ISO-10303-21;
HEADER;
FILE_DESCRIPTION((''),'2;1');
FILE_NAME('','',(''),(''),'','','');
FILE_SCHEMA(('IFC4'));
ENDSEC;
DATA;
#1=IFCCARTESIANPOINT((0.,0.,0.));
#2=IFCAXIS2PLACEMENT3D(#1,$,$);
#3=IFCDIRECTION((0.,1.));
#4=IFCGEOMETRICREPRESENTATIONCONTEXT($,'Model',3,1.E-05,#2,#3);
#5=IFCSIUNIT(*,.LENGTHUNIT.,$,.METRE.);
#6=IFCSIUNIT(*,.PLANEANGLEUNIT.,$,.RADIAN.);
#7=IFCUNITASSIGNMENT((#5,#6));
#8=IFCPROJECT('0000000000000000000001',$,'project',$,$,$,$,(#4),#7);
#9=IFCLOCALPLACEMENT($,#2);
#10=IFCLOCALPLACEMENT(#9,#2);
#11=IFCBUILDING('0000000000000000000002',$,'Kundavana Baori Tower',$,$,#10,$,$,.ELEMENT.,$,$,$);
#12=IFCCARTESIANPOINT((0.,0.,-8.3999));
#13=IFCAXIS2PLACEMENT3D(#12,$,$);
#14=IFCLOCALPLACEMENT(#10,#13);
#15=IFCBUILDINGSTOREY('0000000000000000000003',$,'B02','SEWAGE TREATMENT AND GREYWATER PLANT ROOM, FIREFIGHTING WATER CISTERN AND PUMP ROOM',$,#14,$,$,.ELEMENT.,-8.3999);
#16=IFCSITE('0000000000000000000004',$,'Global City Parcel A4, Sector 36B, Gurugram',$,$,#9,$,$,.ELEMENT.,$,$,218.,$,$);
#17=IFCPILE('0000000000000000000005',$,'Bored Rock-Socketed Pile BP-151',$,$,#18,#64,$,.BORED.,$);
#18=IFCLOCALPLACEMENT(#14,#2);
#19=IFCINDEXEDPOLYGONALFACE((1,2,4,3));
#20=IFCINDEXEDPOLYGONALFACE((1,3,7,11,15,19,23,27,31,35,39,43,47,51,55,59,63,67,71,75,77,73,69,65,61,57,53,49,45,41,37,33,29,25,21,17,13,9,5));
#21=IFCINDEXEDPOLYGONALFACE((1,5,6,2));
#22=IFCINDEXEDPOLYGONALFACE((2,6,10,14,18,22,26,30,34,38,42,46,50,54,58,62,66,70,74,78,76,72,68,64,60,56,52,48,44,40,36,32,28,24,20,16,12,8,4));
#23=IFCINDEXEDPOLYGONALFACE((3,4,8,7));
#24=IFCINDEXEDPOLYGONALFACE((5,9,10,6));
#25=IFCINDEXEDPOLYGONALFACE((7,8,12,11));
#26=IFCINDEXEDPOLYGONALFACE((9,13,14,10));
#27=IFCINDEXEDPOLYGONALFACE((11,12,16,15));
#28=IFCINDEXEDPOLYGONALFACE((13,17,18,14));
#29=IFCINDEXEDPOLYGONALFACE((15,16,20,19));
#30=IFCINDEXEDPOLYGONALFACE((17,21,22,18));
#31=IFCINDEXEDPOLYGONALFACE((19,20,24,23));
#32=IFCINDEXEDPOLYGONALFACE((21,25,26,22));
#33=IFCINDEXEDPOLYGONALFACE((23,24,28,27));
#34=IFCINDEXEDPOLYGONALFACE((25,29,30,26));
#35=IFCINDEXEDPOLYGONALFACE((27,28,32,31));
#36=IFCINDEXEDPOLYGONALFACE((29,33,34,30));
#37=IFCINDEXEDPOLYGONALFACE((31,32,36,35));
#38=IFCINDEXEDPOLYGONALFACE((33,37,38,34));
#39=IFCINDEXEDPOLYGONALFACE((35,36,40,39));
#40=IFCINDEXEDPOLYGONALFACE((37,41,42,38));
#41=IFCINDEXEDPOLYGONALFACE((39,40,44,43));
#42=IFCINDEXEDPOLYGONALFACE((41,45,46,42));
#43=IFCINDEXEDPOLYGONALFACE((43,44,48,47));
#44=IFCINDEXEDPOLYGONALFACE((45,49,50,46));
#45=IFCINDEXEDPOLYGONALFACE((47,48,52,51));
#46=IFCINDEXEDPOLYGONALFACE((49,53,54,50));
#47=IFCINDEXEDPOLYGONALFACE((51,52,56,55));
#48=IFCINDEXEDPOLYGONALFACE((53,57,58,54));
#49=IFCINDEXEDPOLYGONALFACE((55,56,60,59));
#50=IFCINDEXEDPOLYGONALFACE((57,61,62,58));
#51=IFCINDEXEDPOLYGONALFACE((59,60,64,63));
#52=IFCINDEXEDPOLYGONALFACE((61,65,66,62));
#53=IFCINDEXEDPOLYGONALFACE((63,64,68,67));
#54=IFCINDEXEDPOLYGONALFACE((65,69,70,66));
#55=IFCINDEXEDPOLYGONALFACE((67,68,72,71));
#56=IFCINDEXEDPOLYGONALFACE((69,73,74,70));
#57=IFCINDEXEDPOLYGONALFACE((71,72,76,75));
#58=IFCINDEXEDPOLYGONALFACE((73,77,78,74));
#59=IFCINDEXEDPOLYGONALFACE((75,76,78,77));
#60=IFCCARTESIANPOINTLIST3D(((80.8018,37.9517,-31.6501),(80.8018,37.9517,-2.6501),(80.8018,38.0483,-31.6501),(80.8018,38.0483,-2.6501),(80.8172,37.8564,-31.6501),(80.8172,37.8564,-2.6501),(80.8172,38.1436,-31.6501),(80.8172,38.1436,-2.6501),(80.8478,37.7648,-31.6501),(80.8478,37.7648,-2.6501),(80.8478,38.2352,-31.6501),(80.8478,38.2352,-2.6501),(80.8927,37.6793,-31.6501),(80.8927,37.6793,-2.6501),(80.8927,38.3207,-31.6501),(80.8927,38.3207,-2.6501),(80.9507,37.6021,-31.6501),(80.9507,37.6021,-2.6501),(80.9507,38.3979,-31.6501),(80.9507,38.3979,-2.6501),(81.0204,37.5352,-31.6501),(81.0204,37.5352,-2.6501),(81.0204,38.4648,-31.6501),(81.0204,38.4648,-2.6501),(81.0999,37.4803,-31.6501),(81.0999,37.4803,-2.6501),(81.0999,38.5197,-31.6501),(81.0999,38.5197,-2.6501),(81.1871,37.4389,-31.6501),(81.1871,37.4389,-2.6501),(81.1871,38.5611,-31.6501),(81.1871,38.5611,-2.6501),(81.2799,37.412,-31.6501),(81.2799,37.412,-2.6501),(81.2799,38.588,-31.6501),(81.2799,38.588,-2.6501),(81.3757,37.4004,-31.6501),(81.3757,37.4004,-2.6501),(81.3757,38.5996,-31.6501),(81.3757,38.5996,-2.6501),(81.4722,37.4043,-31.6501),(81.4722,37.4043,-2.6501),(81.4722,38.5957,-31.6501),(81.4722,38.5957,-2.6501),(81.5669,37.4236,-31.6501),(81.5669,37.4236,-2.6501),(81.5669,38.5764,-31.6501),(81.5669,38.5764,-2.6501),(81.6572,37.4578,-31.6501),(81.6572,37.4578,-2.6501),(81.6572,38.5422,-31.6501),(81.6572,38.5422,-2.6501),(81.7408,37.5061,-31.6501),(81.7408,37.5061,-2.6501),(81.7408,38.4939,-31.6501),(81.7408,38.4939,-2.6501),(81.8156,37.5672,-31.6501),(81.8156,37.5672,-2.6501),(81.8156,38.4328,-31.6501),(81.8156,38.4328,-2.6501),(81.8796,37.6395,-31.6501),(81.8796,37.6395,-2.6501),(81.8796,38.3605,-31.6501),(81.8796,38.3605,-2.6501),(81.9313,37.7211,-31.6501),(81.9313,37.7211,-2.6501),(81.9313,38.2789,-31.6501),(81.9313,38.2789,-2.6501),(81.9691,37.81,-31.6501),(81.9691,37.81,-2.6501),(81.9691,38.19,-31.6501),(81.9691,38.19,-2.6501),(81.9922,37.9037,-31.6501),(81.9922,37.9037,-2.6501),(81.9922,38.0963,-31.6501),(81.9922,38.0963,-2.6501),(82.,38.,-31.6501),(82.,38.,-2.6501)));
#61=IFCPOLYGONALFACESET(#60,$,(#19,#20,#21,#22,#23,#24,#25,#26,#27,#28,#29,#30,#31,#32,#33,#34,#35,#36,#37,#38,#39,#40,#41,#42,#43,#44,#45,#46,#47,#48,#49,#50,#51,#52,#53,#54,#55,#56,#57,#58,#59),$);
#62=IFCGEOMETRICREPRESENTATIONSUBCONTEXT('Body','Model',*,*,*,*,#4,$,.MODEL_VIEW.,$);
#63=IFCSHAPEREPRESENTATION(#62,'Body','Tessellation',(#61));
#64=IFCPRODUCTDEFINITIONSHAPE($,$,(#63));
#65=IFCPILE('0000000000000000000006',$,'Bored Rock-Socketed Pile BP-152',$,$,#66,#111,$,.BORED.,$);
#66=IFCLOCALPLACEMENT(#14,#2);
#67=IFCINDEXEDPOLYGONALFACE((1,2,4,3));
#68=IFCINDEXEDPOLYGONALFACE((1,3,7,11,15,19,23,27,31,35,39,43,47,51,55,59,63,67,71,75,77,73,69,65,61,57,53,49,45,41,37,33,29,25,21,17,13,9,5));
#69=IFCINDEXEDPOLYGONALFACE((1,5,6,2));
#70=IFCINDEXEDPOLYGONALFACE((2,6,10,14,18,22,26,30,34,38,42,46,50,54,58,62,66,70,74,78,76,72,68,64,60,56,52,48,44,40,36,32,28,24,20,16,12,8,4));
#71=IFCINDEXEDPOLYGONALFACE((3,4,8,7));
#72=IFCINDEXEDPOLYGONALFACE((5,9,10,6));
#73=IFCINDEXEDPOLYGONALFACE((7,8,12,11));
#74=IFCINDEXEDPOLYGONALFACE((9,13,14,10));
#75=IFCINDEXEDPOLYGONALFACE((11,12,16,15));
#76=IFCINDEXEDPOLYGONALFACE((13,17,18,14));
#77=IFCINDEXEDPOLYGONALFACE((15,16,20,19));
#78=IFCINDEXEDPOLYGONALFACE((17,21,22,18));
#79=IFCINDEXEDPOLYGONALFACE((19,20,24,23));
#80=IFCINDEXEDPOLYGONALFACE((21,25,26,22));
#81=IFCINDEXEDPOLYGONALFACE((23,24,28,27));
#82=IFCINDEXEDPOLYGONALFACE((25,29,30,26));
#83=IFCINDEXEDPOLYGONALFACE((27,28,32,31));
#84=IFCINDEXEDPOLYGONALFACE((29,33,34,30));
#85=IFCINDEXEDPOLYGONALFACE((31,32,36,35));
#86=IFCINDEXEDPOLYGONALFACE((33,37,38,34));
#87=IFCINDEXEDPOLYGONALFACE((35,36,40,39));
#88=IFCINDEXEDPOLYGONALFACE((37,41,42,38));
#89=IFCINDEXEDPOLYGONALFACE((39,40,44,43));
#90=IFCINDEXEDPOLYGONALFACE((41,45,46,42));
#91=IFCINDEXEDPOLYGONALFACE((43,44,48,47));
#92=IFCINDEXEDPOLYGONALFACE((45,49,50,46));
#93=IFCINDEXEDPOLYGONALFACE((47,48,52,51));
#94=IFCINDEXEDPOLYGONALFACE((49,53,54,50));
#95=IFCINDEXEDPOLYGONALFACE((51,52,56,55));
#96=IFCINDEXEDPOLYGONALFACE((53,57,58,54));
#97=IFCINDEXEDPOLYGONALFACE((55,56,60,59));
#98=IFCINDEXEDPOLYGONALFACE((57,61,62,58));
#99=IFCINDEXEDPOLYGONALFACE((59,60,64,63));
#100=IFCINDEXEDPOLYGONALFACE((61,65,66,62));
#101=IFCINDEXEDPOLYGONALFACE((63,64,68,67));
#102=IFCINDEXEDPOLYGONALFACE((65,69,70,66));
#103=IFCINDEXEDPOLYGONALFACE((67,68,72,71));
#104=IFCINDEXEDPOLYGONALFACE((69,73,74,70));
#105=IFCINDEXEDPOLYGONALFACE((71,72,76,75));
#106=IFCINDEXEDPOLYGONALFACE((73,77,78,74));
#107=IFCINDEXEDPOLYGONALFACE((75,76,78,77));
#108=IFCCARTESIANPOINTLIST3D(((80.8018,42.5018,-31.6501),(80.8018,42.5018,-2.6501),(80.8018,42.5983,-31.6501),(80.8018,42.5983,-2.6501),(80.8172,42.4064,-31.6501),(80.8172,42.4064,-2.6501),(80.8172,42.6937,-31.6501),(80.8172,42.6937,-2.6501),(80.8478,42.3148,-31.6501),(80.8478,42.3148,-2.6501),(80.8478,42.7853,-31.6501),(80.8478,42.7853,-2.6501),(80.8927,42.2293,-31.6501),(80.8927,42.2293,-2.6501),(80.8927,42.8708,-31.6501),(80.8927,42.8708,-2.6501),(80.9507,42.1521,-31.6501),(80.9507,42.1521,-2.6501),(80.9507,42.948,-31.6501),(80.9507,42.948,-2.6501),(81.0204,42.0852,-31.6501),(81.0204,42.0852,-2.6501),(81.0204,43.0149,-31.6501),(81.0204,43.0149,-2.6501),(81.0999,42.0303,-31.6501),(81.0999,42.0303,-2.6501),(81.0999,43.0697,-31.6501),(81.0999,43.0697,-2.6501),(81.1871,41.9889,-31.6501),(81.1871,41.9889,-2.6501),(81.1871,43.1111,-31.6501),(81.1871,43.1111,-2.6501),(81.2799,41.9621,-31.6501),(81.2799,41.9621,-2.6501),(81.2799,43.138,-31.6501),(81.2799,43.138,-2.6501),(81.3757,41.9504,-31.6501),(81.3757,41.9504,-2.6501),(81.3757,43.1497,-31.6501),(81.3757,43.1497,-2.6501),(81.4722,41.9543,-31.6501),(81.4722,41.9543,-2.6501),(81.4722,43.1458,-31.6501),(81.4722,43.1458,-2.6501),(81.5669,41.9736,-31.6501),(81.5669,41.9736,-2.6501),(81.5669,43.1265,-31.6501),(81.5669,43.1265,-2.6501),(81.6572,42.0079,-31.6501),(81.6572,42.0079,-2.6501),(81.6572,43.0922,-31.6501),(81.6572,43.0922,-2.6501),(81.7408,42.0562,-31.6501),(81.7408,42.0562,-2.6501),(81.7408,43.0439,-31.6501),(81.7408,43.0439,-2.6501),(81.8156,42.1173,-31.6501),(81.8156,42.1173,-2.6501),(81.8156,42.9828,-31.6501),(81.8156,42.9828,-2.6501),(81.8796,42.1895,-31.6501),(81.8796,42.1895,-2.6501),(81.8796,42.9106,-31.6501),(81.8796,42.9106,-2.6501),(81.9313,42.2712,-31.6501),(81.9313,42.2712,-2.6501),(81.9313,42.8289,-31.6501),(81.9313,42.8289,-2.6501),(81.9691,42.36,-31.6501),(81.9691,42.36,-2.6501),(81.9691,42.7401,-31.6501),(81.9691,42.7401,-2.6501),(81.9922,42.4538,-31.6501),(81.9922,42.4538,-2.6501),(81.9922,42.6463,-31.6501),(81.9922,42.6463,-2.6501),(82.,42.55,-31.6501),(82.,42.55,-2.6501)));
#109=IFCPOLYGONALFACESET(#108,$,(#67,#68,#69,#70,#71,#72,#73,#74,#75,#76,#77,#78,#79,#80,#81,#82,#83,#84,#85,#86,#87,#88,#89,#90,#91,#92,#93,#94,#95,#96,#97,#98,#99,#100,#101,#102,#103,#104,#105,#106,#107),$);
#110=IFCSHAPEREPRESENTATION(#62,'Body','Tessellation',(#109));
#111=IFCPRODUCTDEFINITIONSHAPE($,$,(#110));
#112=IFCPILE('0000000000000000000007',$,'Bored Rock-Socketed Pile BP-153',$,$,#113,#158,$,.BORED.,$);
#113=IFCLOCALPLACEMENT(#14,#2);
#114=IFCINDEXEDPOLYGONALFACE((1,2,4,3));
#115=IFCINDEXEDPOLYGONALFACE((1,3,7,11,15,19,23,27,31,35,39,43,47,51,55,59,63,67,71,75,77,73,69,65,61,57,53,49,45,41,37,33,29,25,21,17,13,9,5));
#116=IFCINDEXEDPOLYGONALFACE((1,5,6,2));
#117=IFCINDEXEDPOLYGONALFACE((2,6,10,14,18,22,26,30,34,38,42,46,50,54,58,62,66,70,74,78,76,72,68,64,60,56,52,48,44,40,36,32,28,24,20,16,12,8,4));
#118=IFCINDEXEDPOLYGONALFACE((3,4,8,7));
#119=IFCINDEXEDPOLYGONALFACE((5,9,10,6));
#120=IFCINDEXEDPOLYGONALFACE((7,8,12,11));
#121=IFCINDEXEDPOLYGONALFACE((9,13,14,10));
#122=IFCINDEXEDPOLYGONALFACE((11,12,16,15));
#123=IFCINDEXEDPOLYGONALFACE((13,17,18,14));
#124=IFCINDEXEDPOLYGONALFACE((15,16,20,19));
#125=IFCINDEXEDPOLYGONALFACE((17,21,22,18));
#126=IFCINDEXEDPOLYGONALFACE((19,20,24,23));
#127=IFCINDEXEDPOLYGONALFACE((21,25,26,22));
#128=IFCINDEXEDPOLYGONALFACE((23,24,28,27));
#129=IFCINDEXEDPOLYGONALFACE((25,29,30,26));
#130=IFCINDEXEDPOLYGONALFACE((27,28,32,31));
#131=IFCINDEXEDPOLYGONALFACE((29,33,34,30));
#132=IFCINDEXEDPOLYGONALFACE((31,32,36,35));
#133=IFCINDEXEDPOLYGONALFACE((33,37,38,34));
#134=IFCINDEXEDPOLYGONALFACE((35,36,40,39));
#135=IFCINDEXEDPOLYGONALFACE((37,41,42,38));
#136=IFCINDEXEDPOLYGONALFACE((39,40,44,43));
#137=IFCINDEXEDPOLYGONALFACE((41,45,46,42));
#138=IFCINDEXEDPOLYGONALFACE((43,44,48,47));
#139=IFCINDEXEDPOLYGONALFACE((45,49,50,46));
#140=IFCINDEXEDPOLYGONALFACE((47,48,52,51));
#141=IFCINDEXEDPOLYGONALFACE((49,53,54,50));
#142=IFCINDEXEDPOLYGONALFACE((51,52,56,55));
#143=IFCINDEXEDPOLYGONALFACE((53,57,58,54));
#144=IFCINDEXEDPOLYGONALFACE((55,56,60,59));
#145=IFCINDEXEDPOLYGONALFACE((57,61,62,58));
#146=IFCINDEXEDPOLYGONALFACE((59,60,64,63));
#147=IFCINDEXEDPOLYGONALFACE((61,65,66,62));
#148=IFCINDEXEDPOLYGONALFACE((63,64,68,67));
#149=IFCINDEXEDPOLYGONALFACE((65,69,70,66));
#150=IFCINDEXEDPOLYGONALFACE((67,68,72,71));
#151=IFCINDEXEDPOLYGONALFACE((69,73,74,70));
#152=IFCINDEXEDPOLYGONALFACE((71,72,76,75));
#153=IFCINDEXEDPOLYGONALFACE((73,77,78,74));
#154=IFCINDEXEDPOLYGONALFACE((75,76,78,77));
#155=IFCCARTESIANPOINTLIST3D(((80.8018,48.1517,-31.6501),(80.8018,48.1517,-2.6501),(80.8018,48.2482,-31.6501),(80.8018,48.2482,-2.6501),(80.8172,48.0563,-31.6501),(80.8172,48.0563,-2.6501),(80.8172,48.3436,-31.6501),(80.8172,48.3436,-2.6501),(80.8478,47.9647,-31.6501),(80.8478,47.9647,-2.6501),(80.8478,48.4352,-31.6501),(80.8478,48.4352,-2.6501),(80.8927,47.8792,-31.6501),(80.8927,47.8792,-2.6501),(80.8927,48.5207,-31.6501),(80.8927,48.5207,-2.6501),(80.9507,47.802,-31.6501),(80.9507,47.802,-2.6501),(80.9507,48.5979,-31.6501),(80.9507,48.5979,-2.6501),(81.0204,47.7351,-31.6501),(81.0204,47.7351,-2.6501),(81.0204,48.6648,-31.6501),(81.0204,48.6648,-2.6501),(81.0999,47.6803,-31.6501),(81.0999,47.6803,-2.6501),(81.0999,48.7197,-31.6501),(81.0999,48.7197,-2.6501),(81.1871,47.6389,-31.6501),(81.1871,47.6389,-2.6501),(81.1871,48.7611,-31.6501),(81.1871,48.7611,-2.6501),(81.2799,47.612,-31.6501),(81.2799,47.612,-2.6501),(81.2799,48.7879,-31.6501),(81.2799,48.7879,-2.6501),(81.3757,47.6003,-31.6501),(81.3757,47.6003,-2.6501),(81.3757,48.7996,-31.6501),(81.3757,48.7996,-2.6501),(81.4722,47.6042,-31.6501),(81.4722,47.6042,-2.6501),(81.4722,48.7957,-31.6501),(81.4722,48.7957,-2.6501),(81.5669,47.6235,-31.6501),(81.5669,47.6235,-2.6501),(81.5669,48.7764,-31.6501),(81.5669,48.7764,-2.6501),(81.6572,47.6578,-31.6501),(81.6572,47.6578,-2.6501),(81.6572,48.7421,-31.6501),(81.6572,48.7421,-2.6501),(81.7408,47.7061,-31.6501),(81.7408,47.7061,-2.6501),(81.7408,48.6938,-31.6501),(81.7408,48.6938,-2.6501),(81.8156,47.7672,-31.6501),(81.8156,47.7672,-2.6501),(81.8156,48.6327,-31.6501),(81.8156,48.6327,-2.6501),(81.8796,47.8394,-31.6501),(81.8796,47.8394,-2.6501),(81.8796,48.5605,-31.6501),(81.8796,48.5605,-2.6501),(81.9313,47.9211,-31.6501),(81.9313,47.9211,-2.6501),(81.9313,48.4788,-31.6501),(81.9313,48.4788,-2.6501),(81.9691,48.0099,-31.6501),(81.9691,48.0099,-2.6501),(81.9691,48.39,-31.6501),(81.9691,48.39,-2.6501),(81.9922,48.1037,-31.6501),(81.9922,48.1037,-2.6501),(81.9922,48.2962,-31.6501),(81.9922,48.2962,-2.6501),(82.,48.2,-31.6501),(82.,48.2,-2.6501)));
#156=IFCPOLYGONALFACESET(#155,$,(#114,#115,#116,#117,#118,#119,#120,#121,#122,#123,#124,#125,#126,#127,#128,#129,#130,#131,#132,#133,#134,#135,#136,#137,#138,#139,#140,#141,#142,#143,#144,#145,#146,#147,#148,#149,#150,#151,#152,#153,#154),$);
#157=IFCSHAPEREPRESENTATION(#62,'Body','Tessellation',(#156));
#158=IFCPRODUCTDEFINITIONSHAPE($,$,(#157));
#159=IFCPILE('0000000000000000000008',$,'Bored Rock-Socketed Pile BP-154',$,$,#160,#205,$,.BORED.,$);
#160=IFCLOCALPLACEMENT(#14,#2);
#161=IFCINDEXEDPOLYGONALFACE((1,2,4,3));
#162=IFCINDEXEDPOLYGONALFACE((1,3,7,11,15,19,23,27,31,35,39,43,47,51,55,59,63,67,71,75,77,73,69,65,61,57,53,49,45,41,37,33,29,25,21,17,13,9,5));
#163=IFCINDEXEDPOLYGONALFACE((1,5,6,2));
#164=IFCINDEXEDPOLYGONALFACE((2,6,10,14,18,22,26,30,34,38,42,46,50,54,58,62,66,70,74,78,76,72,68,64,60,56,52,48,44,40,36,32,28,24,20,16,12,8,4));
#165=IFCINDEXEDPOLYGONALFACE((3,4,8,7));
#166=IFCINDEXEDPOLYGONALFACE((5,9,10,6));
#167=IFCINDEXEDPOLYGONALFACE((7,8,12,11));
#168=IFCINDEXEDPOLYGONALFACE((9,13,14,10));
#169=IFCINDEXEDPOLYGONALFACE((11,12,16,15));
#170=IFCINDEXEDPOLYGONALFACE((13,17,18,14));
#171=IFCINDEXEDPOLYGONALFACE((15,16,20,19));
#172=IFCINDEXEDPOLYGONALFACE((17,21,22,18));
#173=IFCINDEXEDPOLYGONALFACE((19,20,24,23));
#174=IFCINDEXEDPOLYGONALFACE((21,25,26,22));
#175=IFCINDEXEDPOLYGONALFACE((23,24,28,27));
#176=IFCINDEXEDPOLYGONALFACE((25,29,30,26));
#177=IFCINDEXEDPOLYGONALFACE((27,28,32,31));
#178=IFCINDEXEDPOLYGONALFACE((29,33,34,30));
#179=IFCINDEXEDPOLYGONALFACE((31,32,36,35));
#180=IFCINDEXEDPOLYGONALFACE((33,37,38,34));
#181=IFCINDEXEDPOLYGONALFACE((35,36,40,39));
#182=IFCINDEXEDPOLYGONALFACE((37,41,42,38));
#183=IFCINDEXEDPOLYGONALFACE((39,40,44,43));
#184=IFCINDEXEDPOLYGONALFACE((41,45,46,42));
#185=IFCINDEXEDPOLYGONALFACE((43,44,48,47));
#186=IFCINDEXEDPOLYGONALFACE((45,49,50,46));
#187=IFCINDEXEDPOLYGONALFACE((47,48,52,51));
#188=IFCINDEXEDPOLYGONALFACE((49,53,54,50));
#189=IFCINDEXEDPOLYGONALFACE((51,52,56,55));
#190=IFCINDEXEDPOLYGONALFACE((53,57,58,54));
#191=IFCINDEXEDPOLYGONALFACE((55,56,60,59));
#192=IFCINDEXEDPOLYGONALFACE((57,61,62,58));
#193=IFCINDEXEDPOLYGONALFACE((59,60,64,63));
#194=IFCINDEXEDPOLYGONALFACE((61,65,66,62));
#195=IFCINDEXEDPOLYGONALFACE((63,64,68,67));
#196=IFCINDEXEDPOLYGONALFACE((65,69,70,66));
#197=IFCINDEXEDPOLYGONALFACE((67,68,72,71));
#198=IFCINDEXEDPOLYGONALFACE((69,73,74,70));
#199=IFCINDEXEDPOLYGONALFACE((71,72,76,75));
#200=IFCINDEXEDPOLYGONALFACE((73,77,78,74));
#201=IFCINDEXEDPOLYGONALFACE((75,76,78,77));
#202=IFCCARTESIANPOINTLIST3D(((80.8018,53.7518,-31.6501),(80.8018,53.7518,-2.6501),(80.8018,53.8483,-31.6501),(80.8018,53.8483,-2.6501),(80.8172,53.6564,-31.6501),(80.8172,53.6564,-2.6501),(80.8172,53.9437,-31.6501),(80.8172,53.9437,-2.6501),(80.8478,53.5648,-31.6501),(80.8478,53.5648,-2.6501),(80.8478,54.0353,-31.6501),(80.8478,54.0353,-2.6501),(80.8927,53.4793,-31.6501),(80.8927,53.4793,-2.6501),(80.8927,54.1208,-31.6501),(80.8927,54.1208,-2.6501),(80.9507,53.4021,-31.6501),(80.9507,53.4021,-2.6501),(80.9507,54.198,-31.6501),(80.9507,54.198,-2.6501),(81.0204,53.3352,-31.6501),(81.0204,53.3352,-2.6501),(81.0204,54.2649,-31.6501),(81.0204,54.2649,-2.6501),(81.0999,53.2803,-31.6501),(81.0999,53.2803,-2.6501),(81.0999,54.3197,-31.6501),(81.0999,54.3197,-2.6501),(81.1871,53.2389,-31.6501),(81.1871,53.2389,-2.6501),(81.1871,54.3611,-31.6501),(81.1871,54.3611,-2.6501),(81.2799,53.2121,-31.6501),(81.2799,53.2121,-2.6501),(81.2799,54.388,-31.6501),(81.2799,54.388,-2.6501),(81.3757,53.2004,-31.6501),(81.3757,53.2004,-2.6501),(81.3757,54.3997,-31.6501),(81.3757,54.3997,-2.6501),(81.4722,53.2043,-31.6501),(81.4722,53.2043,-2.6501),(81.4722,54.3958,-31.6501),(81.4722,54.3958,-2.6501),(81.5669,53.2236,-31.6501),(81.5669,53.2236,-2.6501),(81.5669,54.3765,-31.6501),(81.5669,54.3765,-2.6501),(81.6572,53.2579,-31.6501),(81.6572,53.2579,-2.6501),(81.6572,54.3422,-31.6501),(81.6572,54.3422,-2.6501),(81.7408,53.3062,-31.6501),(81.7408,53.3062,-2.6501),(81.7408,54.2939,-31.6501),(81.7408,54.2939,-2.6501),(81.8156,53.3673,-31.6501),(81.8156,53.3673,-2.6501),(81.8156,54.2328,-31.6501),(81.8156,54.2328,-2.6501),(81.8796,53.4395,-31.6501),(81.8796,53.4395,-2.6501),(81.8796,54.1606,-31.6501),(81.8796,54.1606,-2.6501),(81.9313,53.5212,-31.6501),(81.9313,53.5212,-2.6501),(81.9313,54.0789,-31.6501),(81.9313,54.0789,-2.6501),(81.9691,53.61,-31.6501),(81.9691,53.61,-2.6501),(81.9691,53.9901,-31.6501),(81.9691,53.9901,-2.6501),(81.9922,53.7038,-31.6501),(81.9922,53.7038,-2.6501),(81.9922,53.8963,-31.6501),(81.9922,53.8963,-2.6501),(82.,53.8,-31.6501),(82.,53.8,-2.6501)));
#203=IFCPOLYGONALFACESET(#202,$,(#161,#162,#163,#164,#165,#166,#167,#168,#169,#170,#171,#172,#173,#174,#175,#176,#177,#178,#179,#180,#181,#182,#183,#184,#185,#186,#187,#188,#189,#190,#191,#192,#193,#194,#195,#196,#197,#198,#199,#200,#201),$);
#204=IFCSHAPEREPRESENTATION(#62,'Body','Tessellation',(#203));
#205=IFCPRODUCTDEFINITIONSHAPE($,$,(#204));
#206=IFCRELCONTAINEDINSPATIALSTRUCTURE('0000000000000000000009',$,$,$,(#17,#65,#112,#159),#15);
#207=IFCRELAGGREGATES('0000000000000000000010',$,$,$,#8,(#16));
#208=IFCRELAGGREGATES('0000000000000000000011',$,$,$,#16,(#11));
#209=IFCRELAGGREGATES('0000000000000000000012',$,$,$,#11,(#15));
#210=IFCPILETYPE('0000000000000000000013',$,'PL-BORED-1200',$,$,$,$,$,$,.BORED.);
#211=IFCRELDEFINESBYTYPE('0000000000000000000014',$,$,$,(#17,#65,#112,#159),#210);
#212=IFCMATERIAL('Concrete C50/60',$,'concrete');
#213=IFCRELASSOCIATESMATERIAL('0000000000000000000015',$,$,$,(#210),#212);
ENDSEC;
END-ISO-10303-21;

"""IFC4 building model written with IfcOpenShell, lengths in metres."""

from ifc_helpers import new_model, si_unit, direction, frame, origin, origin_2d, place, context, subcontext, project, spatial, circle, extrude, material, material_profile, profile_set, type_object, element, save


model = new_model("IFC4")

# Units and contexts
model_context = context("Model", 3, precision=1e-05, world=origin(), true_north=direction((0.0, 1.0)))
body_context = subcontext(model_context, "Body", "Model", "MODEL_VIEW")
ifc_project = project(units=[si_unit("LENGTHUNIT", "METRE"), si_unit("PLANEANGLEUNIT", "RADIAN")], contexts=[model_context])

# Site, building, storey
site_placement = place(None, origin())
site = spatial("IfcSite", under=ifc_project, at=site_placement, Name="Global City Parcel A4, Sector 36B, Gurugram", CompositionType="ELEMENT", RefElevation=218.0)
building_placement = place(site_placement, origin())
building = spatial("IfcBuilding", under=site, at=building_placement, Name="Kundavana Baori Tower", CompositionType="ELEMENT")
storey_placement = place(building_placement, frame((0.0, 0.0, -8.3999)))
storey = spatial("IfcBuildingStorey", under=building, at=storey_placement, Name="B02", Description="SEWAGE TREATMENT AND GREYWATER PLANT ROOM, FIREFIGHTING WATER CISTERN AND PUMP ROOM", CompositionType="ELEMENT", Elevation=-8.3999)

# Piles
ifc_material_1 = material(Name="Concrete C50/60", Category="concrete")
ifc_material_profile_1 = material_profile(ifc_material_1, circle(Radius=0.6001, at=origin_2d()), Name="BORED PILE D1200")
ifc_profile_set_1 = profile_set([ifc_material_profile_1], Name="Concrete C50/60")
pile_type_1 = type_object("IfcPileType", Name="PL-BORED-1200", PredefinedType="BORED", material=ifc_profile_set_1)
for number, where, z_axis, x_axis, name in (
    (1, (81.3999, 38.0, -2.6501), (0.0, 0.0, -1.0), (1.0, 0.0, 0.0), "Bored Rock-Socketed Pile BP-151"),
    (2, (81.3999, 42.55, -2.6501), (0.0, 0.0, -1.0), (1.0, 0.0, 0.0), "Bored Rock-Socketed Pile BP-152"),
    (3, (81.3999, 48.2, -2.6501), (0.0, 0.0, -1.0), (1.0, 0.0, 0.0), "Bored Rock-Socketed Pile BP-153"),
    (4, (81.3999, 53.8, -2.6501), (0.0, 0.0, -1.0), (1.0, 0.0, 0.0), "Bored Rock-Socketed Pile BP-154"),
):
    element("IfcPile", number, at=place(storey_placement, frame(where, z_axis=z_axis, x_axis=x_axis)), inside=storey, type_object=pile_type_1, Name=name, PredefinedType="BORED", context=body_context, shape_type="SweptSolid", body=[
        extrude(circle(Radius=0.6001, at=origin_2d()), origin(), (0.0, 0.0, 1.0), 29.0),
    ])

save(model, "model.ifc")
